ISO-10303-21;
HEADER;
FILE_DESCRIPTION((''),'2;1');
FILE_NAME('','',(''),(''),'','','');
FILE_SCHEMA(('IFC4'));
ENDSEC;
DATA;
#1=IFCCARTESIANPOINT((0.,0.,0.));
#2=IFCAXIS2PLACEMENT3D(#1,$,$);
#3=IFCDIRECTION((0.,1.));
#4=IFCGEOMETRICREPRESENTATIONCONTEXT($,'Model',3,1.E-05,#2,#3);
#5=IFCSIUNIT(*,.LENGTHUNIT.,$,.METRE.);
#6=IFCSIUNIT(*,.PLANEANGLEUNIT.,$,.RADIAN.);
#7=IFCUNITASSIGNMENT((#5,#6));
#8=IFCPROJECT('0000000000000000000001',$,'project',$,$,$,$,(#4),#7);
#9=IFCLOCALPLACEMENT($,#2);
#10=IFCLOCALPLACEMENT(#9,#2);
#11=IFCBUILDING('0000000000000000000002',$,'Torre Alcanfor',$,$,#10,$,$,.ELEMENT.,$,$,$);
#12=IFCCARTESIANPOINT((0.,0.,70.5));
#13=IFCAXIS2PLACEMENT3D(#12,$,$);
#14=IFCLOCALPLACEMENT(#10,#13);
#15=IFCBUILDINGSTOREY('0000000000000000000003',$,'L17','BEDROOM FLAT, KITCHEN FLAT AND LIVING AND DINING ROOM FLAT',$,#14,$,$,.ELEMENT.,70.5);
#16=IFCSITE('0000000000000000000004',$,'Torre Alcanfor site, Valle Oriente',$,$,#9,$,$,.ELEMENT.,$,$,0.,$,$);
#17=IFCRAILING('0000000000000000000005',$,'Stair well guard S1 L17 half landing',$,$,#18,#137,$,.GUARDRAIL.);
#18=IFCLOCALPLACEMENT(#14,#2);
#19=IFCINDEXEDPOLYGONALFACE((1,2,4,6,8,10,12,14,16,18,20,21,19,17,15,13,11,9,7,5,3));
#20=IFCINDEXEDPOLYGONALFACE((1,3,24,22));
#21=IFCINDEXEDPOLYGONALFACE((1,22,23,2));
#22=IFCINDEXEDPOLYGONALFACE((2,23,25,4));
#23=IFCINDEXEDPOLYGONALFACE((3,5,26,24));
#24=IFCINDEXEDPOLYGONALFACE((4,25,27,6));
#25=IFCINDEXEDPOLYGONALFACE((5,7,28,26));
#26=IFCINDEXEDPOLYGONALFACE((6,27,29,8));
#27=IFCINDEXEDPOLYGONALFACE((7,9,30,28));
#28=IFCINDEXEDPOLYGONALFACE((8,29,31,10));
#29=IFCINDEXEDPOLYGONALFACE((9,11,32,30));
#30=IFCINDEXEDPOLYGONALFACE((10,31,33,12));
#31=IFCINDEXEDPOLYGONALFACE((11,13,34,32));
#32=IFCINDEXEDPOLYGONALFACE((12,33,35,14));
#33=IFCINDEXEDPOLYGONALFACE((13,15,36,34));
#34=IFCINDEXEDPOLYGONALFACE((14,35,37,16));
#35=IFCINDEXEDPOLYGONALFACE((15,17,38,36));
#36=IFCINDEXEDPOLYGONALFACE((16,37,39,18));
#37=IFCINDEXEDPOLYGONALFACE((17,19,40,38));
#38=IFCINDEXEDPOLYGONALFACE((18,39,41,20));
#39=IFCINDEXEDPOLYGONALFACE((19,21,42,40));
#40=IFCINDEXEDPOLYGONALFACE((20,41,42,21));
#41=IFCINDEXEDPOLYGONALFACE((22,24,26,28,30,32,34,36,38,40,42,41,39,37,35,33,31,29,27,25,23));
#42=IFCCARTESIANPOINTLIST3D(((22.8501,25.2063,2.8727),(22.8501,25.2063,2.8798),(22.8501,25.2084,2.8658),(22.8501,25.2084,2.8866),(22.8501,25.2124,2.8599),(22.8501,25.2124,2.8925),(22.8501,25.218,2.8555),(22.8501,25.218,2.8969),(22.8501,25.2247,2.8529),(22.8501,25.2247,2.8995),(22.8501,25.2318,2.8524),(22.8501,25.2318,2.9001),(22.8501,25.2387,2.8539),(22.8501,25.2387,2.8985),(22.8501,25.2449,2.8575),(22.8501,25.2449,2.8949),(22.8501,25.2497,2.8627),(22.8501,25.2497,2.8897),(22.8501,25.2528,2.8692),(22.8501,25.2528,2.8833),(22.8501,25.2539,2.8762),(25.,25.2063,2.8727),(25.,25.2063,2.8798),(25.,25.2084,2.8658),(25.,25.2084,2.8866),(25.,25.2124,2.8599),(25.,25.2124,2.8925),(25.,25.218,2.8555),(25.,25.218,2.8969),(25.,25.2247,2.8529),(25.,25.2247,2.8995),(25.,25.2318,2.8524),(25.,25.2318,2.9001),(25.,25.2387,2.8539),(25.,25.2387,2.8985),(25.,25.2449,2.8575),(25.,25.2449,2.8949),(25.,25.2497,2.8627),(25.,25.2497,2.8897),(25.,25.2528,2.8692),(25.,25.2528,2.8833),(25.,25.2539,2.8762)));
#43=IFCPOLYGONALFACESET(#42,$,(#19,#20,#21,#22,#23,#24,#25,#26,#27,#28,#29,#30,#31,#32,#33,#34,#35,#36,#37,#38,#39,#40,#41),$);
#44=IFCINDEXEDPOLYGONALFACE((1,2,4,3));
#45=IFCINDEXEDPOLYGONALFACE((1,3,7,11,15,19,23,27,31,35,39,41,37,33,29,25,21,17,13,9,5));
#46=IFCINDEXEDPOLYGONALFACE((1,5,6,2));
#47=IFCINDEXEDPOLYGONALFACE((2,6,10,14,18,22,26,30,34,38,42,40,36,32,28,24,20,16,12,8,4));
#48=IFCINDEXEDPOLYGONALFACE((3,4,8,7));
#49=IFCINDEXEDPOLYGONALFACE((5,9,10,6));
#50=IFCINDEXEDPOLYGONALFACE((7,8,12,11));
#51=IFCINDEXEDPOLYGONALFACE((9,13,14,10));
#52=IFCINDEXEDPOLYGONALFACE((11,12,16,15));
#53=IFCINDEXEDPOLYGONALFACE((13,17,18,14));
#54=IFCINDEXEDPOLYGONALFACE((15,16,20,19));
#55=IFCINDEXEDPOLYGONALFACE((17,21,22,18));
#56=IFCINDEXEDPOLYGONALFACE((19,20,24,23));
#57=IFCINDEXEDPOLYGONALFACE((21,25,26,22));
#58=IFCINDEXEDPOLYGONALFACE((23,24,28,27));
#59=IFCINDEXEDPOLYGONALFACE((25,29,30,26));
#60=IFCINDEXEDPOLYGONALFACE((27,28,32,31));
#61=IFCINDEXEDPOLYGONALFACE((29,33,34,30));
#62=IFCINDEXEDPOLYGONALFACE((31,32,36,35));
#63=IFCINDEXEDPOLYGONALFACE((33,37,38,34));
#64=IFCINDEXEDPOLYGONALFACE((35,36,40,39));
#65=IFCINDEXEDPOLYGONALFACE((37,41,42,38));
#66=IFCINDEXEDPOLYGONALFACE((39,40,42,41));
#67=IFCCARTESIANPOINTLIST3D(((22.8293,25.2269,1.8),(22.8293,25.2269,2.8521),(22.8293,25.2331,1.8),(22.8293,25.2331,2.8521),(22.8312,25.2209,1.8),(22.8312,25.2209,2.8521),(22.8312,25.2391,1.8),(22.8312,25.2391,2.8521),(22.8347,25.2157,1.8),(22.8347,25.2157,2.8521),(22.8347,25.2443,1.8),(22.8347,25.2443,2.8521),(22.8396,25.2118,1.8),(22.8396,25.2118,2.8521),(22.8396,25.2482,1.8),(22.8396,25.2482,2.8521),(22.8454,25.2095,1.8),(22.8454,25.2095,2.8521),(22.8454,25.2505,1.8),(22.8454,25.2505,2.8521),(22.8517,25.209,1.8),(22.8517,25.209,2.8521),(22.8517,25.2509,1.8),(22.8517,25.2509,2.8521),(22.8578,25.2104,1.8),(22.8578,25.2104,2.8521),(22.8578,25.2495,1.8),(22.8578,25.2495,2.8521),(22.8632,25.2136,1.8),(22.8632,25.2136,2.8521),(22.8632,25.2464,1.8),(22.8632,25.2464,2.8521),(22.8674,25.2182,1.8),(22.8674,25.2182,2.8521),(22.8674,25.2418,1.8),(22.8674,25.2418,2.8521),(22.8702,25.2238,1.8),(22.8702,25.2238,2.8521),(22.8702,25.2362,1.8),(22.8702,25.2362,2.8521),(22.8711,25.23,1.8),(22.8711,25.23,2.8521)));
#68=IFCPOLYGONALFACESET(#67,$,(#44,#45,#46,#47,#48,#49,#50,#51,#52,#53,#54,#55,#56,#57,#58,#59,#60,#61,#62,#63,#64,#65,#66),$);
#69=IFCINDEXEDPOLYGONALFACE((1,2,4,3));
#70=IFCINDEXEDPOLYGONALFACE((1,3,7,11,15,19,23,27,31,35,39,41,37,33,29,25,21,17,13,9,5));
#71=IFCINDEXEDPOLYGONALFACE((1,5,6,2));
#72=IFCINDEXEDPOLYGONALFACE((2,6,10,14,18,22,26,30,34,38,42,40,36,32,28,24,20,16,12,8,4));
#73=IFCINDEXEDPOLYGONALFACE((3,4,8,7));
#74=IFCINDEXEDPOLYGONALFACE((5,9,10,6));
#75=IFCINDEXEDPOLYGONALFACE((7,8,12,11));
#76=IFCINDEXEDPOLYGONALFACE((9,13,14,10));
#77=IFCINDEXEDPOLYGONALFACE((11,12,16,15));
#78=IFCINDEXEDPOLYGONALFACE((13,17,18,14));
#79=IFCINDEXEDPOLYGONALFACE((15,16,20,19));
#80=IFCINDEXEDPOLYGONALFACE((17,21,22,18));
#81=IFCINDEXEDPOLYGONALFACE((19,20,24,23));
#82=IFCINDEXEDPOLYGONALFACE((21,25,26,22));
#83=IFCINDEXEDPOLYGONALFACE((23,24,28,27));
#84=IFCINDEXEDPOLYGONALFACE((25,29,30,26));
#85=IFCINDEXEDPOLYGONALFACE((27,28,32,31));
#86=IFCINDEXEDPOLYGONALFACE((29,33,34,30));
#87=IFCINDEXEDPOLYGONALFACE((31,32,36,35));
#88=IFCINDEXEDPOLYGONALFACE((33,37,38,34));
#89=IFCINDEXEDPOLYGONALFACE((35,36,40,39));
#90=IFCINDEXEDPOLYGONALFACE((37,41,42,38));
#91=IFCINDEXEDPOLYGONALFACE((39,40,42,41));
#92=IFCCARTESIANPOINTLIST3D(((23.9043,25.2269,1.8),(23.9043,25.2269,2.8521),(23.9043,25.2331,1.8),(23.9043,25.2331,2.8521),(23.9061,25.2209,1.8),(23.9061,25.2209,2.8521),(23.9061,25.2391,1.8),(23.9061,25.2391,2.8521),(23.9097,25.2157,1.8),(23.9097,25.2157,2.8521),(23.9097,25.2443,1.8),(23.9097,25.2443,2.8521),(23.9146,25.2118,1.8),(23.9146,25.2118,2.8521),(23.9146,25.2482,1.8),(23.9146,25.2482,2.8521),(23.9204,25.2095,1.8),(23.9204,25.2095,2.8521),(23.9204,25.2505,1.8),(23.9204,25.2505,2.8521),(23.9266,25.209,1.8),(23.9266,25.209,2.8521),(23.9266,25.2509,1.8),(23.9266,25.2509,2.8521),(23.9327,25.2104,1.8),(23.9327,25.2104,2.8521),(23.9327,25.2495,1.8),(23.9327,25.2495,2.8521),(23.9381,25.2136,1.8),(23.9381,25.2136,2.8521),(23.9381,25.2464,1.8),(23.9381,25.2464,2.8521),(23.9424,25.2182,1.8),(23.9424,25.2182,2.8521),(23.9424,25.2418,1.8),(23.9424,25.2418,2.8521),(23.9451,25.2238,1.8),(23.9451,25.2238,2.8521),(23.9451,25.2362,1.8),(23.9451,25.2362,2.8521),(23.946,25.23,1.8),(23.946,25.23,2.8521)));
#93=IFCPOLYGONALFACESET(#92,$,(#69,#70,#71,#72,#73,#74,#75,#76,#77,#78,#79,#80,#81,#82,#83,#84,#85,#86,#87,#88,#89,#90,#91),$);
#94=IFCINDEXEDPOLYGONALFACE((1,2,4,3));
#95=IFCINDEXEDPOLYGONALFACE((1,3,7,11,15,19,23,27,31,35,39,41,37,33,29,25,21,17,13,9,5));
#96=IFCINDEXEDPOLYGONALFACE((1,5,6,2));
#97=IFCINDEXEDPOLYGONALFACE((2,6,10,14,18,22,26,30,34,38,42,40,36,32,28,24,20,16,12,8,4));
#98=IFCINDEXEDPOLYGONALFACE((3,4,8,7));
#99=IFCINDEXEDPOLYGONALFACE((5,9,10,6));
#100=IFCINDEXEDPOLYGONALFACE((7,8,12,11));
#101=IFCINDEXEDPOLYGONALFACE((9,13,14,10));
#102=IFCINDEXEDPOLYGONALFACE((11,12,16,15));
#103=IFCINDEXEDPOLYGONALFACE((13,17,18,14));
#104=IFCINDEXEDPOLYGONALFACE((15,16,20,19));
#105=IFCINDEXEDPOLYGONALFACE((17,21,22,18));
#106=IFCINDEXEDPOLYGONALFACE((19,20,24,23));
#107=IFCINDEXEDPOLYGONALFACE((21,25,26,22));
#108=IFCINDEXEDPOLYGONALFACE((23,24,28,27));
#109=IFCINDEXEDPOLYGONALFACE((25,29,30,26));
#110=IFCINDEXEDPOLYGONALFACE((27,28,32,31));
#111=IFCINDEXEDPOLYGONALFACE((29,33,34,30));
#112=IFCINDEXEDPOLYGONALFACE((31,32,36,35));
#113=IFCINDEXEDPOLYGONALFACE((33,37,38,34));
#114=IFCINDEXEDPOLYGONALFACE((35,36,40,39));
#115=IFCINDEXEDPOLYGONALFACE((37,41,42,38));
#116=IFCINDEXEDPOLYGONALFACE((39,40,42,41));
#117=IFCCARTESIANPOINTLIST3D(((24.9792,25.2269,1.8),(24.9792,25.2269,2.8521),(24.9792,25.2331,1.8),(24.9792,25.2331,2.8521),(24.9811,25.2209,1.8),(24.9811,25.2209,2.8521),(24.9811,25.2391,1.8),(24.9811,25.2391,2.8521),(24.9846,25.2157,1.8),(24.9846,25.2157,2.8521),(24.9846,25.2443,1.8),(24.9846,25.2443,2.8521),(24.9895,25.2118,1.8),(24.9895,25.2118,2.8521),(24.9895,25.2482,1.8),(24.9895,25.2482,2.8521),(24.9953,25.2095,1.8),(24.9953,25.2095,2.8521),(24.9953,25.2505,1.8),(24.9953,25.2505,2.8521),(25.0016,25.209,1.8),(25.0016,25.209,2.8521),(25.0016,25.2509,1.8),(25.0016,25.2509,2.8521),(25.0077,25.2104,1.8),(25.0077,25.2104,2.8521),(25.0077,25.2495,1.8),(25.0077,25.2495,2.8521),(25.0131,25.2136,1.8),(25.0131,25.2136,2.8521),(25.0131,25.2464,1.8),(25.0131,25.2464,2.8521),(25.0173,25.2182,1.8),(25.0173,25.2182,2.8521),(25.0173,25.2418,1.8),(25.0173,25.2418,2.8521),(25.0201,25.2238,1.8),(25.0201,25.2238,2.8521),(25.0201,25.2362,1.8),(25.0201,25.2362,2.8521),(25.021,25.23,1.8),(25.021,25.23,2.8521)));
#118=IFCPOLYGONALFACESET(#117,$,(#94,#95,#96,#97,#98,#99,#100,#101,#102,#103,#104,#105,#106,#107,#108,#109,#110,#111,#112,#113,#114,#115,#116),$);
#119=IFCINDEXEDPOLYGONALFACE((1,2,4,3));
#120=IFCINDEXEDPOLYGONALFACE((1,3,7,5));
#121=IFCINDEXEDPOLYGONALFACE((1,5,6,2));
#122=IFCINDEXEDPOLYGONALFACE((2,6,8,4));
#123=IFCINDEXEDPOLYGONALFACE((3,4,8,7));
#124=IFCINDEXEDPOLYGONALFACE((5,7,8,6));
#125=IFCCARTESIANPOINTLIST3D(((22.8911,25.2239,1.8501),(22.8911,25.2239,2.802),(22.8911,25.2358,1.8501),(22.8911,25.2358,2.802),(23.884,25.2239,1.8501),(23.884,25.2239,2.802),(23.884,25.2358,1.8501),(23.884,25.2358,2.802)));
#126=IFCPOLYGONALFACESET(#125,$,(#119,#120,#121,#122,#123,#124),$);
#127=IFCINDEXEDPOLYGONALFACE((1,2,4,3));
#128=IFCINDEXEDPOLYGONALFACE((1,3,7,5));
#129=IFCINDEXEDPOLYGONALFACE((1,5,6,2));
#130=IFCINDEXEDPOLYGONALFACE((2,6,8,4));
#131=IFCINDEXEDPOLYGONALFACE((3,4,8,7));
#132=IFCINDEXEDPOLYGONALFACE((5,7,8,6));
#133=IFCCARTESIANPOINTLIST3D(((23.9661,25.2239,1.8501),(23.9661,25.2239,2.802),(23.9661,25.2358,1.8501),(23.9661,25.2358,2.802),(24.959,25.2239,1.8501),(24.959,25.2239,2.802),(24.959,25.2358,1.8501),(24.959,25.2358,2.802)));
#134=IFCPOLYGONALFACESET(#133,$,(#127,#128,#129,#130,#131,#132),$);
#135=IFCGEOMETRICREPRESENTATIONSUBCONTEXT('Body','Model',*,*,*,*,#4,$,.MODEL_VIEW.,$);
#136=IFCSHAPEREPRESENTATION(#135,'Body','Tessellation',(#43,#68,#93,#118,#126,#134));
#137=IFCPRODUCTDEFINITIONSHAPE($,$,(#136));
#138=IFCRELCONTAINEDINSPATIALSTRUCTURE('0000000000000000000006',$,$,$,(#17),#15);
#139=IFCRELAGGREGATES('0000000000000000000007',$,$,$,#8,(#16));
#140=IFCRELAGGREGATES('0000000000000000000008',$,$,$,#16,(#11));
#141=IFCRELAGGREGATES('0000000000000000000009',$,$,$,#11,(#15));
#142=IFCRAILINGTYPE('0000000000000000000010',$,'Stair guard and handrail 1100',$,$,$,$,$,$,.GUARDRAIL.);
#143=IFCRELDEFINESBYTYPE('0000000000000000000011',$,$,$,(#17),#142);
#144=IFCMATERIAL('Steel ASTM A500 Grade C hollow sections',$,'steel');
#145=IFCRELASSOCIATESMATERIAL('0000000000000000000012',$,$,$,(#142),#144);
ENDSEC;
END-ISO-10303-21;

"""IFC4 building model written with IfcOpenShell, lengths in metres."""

from ifc_helpers import new_model, si_unit, direction, frame, origin, origin_2d, place, context, subcontext, project, spatial, polyline, circle, outline, extrude, material, type_object, element, save


model = new_model("IFC4")

# Units and contexts
model_context = context("Model", 3, precision=1e-05, world=origin(), true_north=direction((0.0, 1.0)))
body_context = subcontext(model_context, "Body", "Model", "MODEL_VIEW")
ifc_project = project(units=[si_unit("LENGTHUNIT", "METRE"), si_unit("PLANEANGLEUNIT", "RADIAN")], contexts=[model_context])

# Site, building, storey
site_placement = place(None, origin())
site = spatial("IfcSite", under=ifc_project, at=site_placement, Name="Torre Alcanfor site, Valle Oriente", CompositionType="ELEMENT", RefElevation=0.0)
building_placement = place(site_placement, origin())
building = spatial("IfcBuilding", under=site, at=building_placement, Name="Torre Alcanfor", CompositionType="ELEMENT")
storey_placement = place(building_placement, frame((0.0, 0.0, 70.5)))
storey = spatial("IfcBuildingStorey", under=building, at=storey_placement, Name="L17", Description="BEDROOM FLAT, KITCHEN FLAT AND LIVING AND DINING ROOM FLAT", CompositionType="ELEMENT", Elevation=70.5)

# Railing
ifc_material_1 = material(Name="Steel ASTM A500 Grade C hollow sections", Category="steel")
railing_type_1 = type_object("IfcRailingType", Name="Stair guard and handrail 1100", PredefinedType="GUARDRAIL", material=ifc_material_1)
railing_1_placement = place(storey_placement, frame((22.8501, 25.23, 1.8)))
element("IfcRailing", 1, at=railing_1_placement, inside=storey, type_object=railing_type_1, Name="Stair well guard S1 L17 half landing", PredefinedType="GUARDRAIL", context=body_context, shape_type="SweptSolid", body=[
    extrude(circle(Radius=0.0239, at=origin_2d()), frame((0.0, 0.0, 1.0762), z_axis=(1.0, 0.0, 0.0), x_axis=(0.0, 1.0, 0.0)), (0.0, 0.0, 1.0), 2.1499),
    extrude(circle(Radius=0.021, at=origin_2d()), origin(), (0.0, 0.0, 1.0), 1.052),
    extrude(circle(Radius=0.021, at=origin_2d()), frame((1.075, 0.0, 0.0)), (0.0, 0.0, 1.0), 1.052),
    extrude(circle(Radius=0.021, at=origin_2d()), frame((2.1499, 0.0, 0.0)), (0.0, 0.0, 1.0), 1.052),
    extrude(outline(polyline([(0.041, 0.05), (1.0339, 0.05), (1.0339, 1.002), (0.041, 1.002), (0.041, 0.05)])), frame((0.0, 0.0059, 0.0), z_axis=(0.0, -1.0, 0.0), x_axis=(1.0, 0.0, 0.0)), (0.0, 0.0, 1.0), 0.012),
    extrude(outline(polyline([(1.116, 0.05), (2.1089, 0.05), (2.1089, 1.002), (1.116, 1.002), (1.116, 0.05)])), frame((0.0, 0.0059, 0.0), z_axis=(0.0, -1.0, 0.0), x_axis=(1.0, 0.0, 0.0)), (0.0, 0.0, 1.0), 0.012),
])

save(model, "model.ifc")
